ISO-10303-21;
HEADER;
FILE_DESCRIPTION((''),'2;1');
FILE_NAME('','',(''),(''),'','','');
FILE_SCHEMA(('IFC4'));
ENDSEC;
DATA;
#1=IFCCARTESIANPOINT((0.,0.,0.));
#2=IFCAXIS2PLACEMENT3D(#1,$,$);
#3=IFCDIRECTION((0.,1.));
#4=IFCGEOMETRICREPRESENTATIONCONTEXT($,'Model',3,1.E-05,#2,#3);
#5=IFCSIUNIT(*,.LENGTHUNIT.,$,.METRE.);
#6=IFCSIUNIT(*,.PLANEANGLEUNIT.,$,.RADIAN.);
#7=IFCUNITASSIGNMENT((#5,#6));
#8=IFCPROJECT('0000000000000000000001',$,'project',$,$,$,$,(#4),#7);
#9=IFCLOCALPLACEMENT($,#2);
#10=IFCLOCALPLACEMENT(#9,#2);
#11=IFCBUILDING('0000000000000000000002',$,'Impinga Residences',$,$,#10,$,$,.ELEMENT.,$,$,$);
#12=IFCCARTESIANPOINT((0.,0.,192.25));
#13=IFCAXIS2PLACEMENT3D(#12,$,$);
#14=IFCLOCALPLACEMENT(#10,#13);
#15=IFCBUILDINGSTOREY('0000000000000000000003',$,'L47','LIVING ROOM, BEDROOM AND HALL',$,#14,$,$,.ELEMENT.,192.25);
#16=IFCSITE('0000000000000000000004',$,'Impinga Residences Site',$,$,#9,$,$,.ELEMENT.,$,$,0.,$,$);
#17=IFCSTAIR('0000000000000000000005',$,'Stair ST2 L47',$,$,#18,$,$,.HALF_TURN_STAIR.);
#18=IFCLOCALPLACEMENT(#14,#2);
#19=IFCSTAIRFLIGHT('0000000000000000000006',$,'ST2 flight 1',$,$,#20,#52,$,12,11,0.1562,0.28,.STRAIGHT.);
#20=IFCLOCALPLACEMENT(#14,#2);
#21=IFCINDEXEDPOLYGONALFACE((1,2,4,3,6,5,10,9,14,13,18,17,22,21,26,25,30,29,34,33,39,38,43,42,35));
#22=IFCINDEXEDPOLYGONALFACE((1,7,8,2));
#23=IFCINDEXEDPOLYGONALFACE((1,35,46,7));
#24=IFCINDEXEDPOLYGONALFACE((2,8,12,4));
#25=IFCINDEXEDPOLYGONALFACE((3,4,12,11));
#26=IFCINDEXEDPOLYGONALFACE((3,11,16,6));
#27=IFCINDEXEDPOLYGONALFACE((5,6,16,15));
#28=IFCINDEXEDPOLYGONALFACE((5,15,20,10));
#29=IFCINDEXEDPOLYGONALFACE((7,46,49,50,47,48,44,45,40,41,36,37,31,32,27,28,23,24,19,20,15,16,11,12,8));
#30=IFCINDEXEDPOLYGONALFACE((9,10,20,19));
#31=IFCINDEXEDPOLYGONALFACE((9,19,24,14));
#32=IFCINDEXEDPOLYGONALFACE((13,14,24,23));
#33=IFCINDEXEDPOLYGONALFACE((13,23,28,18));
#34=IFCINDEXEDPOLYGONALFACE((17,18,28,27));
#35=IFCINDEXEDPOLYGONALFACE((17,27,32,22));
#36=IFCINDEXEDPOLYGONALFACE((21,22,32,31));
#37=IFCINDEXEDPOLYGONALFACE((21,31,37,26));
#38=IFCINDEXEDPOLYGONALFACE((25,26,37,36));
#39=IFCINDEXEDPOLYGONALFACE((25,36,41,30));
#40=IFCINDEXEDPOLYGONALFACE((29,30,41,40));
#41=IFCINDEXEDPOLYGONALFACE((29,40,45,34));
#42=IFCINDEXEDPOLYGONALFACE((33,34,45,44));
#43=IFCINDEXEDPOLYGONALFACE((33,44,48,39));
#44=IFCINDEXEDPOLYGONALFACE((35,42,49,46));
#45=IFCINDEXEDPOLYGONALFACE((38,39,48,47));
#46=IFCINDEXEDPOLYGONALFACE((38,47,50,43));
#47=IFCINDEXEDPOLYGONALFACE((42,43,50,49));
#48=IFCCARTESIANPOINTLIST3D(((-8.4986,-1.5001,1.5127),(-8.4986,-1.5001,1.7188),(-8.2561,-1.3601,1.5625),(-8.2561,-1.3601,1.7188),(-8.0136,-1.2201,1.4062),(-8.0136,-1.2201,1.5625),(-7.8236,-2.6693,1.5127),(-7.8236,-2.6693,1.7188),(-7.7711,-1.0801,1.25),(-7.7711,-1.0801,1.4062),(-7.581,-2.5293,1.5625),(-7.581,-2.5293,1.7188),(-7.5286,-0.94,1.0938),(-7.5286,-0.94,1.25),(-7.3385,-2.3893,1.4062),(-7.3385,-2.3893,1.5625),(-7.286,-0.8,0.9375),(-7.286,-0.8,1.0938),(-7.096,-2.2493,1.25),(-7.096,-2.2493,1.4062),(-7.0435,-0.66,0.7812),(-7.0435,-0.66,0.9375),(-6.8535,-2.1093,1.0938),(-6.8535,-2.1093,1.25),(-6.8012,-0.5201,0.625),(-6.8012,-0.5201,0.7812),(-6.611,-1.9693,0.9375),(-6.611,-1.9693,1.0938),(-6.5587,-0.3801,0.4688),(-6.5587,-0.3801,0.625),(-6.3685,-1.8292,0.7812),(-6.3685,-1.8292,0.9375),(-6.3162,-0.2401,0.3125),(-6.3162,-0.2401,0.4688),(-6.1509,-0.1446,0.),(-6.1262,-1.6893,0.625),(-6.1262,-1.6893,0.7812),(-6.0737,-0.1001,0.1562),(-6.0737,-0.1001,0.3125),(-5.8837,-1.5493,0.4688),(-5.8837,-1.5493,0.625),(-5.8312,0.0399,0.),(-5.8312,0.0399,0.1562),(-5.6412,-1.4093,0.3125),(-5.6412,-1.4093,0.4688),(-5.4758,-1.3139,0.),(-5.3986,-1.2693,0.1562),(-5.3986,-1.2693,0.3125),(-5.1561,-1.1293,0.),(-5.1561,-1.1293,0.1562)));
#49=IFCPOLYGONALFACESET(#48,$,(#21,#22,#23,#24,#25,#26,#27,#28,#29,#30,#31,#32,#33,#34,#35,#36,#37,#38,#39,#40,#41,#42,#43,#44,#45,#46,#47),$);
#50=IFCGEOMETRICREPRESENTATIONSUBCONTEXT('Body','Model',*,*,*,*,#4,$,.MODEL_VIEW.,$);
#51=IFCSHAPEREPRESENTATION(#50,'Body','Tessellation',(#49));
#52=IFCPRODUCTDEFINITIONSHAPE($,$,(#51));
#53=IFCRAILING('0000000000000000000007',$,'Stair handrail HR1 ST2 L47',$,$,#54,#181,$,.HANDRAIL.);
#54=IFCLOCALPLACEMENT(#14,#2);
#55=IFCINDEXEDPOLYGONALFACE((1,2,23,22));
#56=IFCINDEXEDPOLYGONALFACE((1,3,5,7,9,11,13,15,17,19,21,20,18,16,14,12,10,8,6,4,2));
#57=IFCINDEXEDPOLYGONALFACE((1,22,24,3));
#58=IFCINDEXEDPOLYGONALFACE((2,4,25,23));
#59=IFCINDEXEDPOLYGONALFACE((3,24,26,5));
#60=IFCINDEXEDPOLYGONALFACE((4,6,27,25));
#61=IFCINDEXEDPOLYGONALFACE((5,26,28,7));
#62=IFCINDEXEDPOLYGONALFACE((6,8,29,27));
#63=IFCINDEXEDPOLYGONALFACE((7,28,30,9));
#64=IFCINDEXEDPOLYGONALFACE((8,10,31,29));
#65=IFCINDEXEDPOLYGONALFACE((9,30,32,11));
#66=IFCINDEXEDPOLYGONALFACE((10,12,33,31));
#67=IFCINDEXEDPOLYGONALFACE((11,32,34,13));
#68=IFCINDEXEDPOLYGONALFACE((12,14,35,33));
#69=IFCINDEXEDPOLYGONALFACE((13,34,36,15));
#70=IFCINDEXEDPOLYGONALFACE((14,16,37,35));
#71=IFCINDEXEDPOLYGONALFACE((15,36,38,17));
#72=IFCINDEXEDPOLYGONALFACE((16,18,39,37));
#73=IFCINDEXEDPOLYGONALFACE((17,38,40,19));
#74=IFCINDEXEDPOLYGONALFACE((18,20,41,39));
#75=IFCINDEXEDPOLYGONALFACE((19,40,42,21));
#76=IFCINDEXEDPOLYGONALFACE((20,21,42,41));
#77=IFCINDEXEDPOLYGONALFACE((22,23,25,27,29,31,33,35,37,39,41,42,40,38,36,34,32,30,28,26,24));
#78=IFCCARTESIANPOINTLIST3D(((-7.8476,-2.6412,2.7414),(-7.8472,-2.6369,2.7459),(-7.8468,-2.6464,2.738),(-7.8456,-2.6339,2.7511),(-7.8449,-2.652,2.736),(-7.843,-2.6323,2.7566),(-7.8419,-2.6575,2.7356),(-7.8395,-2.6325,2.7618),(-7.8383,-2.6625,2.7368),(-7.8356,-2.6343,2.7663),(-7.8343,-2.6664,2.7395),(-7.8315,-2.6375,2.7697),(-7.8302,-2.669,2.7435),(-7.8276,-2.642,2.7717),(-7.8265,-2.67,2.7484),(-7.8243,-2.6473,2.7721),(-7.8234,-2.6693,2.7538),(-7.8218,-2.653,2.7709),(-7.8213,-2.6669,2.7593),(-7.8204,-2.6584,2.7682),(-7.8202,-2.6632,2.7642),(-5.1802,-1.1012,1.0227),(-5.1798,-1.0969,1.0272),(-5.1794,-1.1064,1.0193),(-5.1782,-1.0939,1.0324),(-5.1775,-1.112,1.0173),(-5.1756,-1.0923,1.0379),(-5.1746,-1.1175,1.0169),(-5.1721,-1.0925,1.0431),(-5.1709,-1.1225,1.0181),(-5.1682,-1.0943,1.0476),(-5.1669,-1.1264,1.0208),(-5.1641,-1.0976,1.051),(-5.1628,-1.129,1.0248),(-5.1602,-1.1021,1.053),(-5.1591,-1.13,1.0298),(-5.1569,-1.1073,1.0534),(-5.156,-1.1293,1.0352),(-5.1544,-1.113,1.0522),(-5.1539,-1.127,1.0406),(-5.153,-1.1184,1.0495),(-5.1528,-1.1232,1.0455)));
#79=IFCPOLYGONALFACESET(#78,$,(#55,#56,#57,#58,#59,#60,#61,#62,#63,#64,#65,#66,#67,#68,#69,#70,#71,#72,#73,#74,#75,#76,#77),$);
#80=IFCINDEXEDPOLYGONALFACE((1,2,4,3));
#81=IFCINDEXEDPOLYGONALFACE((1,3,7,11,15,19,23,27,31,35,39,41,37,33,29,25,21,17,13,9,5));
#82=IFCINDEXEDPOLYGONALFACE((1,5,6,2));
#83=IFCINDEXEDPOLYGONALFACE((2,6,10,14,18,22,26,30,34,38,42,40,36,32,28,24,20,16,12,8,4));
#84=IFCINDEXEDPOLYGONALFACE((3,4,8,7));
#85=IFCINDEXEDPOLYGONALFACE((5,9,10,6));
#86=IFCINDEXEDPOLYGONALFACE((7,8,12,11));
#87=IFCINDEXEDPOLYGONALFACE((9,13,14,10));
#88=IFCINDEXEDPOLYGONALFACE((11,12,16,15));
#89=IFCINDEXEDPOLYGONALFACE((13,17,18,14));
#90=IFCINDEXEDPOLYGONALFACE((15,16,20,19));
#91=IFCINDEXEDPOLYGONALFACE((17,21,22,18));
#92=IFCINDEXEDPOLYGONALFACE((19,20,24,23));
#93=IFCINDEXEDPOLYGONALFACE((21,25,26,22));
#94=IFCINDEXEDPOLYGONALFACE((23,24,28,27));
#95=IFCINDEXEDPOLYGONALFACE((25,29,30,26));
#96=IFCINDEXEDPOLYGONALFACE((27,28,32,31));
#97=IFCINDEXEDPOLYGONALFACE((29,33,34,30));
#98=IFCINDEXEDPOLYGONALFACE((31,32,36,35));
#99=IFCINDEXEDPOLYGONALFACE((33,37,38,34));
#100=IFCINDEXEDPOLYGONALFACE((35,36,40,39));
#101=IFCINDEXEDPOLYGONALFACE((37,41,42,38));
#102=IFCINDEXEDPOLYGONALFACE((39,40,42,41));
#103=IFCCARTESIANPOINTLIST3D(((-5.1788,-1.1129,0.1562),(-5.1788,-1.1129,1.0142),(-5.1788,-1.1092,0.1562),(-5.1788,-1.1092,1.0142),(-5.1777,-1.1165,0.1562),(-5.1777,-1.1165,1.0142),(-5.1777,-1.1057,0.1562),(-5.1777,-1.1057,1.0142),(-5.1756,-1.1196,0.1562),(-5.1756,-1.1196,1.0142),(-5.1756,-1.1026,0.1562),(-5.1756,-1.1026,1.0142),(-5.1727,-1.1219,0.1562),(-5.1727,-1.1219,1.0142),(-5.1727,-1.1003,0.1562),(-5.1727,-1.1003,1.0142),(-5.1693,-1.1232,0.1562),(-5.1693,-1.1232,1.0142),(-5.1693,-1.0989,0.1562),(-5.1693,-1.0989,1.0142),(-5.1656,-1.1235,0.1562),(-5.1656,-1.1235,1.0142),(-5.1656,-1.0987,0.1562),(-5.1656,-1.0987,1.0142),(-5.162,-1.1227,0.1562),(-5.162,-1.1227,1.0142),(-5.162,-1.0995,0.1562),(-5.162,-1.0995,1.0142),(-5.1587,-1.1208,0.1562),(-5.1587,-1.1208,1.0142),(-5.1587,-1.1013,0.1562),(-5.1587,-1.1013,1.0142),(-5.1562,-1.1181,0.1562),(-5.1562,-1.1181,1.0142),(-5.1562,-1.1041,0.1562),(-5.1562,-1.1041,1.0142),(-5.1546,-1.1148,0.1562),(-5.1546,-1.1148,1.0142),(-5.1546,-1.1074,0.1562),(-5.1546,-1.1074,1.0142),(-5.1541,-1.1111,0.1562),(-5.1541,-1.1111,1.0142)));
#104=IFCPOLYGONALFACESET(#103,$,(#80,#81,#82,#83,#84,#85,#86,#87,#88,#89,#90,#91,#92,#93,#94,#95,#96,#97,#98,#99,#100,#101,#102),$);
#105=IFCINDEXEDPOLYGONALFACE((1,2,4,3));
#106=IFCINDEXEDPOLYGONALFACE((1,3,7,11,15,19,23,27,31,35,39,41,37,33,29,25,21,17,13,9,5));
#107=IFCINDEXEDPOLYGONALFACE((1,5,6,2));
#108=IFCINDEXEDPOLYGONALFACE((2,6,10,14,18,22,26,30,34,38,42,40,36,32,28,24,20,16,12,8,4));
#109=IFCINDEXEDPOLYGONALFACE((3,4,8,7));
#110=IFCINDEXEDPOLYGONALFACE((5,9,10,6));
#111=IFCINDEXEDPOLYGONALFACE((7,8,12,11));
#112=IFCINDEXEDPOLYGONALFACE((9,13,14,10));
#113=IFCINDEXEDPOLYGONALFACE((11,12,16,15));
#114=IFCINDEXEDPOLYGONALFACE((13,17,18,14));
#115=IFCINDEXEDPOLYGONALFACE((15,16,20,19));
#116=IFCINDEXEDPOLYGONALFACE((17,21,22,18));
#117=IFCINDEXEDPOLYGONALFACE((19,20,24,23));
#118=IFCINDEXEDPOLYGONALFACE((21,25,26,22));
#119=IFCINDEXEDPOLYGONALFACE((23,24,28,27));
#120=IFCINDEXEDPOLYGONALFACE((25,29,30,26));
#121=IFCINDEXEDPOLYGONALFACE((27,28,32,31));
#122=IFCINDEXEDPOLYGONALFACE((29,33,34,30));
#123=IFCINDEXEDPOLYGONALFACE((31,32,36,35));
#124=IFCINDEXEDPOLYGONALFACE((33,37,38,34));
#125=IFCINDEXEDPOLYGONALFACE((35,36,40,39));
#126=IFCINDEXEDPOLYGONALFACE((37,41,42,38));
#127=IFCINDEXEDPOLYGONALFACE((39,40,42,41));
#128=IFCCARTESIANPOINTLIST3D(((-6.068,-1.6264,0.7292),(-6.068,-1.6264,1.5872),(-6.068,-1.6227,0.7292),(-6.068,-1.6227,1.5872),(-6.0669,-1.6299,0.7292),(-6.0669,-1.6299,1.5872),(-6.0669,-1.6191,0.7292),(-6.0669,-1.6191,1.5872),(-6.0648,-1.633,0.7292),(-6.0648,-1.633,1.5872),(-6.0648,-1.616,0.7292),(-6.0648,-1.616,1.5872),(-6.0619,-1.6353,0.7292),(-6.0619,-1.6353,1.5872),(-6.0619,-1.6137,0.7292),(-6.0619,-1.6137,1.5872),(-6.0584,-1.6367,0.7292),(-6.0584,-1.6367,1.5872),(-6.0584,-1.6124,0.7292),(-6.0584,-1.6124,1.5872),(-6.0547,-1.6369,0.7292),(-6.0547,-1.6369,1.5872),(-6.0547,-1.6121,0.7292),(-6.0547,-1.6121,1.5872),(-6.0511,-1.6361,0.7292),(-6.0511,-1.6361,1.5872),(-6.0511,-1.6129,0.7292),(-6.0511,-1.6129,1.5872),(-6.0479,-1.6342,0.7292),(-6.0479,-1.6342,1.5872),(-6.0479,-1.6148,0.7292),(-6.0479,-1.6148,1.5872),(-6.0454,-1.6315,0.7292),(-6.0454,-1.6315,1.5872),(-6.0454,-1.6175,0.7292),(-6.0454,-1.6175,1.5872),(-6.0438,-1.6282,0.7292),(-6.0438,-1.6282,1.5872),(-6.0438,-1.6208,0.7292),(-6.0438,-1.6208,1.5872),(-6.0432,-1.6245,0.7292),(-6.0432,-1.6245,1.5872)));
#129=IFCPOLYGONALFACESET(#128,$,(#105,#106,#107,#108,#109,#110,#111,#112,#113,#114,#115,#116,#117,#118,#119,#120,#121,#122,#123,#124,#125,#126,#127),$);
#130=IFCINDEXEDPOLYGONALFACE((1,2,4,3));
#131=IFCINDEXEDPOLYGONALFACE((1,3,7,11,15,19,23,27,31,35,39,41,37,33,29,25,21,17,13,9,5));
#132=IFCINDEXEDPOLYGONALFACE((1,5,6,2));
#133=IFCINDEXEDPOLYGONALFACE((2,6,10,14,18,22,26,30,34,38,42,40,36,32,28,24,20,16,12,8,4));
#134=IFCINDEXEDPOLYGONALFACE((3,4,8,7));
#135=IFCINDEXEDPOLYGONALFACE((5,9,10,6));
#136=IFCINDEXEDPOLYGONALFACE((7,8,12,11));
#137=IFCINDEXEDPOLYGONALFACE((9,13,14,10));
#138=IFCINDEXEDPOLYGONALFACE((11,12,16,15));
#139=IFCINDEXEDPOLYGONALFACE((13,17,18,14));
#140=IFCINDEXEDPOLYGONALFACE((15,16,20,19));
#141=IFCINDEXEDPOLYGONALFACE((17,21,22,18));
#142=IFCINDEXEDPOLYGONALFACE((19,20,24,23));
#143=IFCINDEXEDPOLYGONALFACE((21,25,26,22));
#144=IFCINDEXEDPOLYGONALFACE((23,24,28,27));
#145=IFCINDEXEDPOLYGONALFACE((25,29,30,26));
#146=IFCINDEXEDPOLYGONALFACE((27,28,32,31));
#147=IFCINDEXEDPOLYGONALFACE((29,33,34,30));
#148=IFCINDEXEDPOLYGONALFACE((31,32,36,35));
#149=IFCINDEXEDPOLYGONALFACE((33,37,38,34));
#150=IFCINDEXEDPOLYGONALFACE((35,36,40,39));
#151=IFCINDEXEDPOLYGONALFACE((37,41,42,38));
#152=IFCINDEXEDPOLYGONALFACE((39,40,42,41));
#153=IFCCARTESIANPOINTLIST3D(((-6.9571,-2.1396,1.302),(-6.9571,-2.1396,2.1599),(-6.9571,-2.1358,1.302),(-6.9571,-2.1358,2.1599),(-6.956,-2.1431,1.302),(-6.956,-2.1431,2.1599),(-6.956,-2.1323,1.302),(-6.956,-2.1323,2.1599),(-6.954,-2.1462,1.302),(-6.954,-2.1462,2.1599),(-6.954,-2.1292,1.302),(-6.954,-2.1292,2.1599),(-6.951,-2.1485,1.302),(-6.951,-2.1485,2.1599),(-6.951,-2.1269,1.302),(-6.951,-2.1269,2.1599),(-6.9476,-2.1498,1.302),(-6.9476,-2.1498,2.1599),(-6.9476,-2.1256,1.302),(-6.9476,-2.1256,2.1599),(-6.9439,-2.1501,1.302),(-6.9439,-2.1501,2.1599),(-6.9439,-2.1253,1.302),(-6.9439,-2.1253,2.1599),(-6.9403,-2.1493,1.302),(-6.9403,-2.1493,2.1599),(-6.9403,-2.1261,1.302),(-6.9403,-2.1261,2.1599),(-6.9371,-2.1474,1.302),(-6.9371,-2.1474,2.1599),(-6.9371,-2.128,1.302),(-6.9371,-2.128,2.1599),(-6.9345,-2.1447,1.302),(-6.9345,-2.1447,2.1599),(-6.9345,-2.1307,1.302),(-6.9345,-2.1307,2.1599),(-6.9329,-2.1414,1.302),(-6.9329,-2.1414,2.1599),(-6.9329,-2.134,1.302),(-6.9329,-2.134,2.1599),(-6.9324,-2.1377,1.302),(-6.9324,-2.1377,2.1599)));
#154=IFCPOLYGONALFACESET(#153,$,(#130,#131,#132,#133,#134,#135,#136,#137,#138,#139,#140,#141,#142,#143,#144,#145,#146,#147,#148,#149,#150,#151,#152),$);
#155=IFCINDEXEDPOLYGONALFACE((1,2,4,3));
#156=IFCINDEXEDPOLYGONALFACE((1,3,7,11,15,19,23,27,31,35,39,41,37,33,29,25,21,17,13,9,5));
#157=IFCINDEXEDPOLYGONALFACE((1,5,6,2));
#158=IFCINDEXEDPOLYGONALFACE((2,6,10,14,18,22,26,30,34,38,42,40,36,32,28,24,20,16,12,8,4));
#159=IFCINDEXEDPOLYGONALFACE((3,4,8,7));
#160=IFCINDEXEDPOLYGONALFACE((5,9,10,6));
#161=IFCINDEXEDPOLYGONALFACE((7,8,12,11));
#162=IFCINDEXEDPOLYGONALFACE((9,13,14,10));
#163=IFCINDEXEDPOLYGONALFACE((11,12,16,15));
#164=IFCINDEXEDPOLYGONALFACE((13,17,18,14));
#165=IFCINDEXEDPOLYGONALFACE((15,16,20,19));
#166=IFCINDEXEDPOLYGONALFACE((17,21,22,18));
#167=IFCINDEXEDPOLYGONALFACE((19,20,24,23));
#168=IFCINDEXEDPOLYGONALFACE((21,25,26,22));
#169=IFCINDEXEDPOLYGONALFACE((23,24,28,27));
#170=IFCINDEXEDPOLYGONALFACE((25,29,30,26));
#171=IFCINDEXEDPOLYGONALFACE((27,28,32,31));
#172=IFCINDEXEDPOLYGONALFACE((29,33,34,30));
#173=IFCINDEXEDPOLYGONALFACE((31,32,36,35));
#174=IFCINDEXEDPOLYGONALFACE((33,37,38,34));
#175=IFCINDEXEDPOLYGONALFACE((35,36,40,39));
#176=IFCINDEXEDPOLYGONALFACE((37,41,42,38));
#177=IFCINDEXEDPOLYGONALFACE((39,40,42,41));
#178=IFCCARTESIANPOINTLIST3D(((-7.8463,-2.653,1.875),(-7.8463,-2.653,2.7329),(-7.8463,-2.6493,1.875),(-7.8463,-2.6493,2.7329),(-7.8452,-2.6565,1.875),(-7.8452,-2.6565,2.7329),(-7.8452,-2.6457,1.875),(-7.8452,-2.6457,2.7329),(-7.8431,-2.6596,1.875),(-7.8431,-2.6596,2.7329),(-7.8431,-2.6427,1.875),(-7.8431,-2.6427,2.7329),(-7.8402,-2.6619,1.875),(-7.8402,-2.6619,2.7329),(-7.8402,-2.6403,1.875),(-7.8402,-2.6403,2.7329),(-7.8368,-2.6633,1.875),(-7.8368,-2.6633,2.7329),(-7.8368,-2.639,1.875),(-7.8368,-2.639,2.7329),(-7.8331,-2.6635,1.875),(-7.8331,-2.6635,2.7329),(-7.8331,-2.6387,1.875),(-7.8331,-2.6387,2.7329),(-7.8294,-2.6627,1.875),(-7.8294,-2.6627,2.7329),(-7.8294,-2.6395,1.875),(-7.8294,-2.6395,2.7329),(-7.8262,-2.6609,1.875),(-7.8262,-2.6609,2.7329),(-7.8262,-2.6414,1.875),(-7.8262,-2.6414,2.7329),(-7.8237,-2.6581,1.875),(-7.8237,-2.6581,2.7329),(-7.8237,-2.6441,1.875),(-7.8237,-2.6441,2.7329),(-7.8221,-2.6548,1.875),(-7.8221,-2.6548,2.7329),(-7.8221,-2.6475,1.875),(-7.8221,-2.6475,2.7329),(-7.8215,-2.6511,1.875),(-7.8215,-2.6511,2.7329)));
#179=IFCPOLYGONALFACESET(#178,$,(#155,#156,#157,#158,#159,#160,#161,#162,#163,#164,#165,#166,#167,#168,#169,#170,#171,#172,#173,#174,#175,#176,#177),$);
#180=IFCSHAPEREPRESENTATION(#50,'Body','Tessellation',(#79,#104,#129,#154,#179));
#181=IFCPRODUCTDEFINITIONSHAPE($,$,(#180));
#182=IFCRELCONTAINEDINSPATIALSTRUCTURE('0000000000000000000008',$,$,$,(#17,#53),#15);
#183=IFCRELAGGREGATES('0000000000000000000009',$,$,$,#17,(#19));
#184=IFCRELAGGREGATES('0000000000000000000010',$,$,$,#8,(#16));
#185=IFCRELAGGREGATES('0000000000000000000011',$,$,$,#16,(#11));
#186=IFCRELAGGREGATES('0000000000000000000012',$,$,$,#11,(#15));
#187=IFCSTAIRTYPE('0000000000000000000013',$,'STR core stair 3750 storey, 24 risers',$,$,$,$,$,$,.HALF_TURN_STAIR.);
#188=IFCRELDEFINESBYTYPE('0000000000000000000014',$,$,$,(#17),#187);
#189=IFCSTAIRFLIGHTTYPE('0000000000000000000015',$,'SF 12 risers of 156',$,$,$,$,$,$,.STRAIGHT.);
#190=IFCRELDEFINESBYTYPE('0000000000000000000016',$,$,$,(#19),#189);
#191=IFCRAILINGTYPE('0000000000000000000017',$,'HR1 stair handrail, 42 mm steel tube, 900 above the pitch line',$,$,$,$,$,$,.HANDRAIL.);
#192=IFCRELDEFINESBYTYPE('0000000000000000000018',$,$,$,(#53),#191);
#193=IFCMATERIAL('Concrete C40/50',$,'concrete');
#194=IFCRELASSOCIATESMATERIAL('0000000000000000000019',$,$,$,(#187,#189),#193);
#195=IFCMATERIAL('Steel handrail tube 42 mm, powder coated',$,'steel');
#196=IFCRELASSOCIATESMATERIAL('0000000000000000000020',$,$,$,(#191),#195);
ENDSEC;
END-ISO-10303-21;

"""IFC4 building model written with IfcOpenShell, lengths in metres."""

from ifc_helpers import new_model, si_unit, direction, frame, origin, origin_2d, place, context, subcontext, project, spatial, polyline, circle, outline, extrude, material, type_object, element, aggregate, save


model = new_model("IFC4")

# Units and contexts
model_context = context("Model", 3, precision=1e-05, world=origin(), true_north=direction((0.0, 1.0)))
body_context = subcontext(model_context, "Body", "Model", "MODEL_VIEW")
ifc_project = project(units=[si_unit("LENGTHUNIT", "METRE"), si_unit("PLANEANGLEUNIT", "RADIAN")], contexts=[model_context])

# Site, building, storey
site_placement = place(None, origin())
site = spatial("IfcSite", under=ifc_project, at=site_placement, Name="Impinga Residences Site", CompositionType="ELEMENT", RefElevation=0.0)
building_placement = place(site_placement, origin())
building = spatial("IfcBuilding", under=site, at=building_placement, Name="Impinga Residences", CompositionType="ELEMENT")
storey_placement = place(building_placement, frame((0.0, 0.0, 192.25)))
storey = spatial("IfcBuildingStorey", under=building, at=storey_placement, Name="L47", Description="LIVING ROOM, BEDROOM AND HALL", CompositionType="ELEMENT", Elevation=192.25)

# Stair
ifc_material_1 = material(Name="Concrete C40/50", Category="concrete")
stair_type_1 = type_object("IfcStairType", Name="STR core stair 3750 storey, 24 risers", PredefinedType="HALF_TURN_STAIR", material=ifc_material_1)
stair_1_placement = place(storey_placement, origin())
stair_1 = element("IfcStair", 1, at=stair_1_placement, inside=storey, type_object=stair_type_1, Name="Stair ST2 L47", PredefinedType="HALF_TURN_STAIR")

# Stair flight
stair_flight_type = type_object("IfcStairFlightType", Name="SF 12 risers of 156", PredefinedType="STRAIGHT", material=ifc_material_1)
stair_flight_placement = place(storey_placement, frame((-5.4937, -0.5447, 0.0), z_axis=(0.0, 0.0, 1.0), x_axis=(-0.866025, -0.5, 0.0)))
stair_flight = element("IfcStairFlight", 2, at=stair_flight_placement, type_object=stair_flight_type, Name="ST2 flight 1", NumberOfRisers=12, NumberOfTreads=11, PredefinedType="STRAIGHT", RiserHeight=0.1562, TreadLength=0.28, context=body_context, shape_type="SweptSolid", body=[
    extrude(outline(polyline([(0.0, 0.0), (0.0, 0.1562), (0.28, 0.1562), (0.28, 0.3125), (0.5601, 0.3125), (0.5601, 0.4688), (0.8401, 0.4688), (0.8401, 0.625), (1.1201, 0.625), (1.1201, 0.7812), (1.3999, 0.7812), (1.3999, 0.9375), (1.6799, 0.9375), (1.6799, 1.0938), (1.96, 1.0938), (1.96, 1.25), (2.24, 1.25), (2.24, 1.4062), (2.52, 1.4062), (2.52, 1.5625), (2.8, 1.5625), (2.8, 1.7188), (3.0801, 1.7188), (3.0801, 1.875), (3.0801, 1.5127), (0.3691, 0.0), (0.0, 0.0)])), frame((0.0, 0.675, 0.0), z_axis=(0.0, -1.0, 0.0), x_axis=(1.0, 0.0, 0.0)), (0.0, 0.0, 1.0), 1.3501),
])
aggregate(stair_1, [stair_flight])

# Railing
ifc_material_2 = material(Name="Steel handrail tube 42 mm, powder coated", Category="steel")
railing_type = type_object("IfcRailingType", Name="HR1 stair handrail, 42 mm steel tube, 900 above the pitch line", PredefinedType="HANDRAIL", material=ifc_material_2)
railing_placement = place(storey_placement, frame((-5.1665, -1.1111, 0.1562)))
element("IfcRailing", 3, at=railing_placement, inside=storey, type_object=railing_type, Name="Stair handrail HR1 ST2 L47", PredefinedType="HANDRAIL", context=body_context, shape_type="SweptSolid", body=[
    extrude(circle(Radius=0.021, at=origin_2d()), frame((0.0, 0.0, 0.8789), z_axis=(-0.756256, -0.436616, 0.487282), x_axis=(0.499992, -0.86603, 0.0)), (0.0, 0.0, 1.0), 3.5271),
    extrude(circle(Radius=0.0125, at=origin_2d()), origin(), (0.0, 0.0, 1.0), 0.8579),
    extrude(circle(Radius=0.0125, at=origin_2d()), frame((-0.8892, -0.5134, 0.573)), (0.0, 0.0, 1.0), 0.8579),
    extrude(circle(Radius=0.0125, at=origin_2d()), frame((-1.7783, -1.0266, 1.1458)), (0.0, 0.0, 1.0), 0.8579),
    extrude(circle(Radius=0.0125, at=origin_2d()), frame((-2.6675, -1.54, 1.7188)), (0.0, 0.0, 1.0), 0.8579),
])

save(model, "model.ifc")
